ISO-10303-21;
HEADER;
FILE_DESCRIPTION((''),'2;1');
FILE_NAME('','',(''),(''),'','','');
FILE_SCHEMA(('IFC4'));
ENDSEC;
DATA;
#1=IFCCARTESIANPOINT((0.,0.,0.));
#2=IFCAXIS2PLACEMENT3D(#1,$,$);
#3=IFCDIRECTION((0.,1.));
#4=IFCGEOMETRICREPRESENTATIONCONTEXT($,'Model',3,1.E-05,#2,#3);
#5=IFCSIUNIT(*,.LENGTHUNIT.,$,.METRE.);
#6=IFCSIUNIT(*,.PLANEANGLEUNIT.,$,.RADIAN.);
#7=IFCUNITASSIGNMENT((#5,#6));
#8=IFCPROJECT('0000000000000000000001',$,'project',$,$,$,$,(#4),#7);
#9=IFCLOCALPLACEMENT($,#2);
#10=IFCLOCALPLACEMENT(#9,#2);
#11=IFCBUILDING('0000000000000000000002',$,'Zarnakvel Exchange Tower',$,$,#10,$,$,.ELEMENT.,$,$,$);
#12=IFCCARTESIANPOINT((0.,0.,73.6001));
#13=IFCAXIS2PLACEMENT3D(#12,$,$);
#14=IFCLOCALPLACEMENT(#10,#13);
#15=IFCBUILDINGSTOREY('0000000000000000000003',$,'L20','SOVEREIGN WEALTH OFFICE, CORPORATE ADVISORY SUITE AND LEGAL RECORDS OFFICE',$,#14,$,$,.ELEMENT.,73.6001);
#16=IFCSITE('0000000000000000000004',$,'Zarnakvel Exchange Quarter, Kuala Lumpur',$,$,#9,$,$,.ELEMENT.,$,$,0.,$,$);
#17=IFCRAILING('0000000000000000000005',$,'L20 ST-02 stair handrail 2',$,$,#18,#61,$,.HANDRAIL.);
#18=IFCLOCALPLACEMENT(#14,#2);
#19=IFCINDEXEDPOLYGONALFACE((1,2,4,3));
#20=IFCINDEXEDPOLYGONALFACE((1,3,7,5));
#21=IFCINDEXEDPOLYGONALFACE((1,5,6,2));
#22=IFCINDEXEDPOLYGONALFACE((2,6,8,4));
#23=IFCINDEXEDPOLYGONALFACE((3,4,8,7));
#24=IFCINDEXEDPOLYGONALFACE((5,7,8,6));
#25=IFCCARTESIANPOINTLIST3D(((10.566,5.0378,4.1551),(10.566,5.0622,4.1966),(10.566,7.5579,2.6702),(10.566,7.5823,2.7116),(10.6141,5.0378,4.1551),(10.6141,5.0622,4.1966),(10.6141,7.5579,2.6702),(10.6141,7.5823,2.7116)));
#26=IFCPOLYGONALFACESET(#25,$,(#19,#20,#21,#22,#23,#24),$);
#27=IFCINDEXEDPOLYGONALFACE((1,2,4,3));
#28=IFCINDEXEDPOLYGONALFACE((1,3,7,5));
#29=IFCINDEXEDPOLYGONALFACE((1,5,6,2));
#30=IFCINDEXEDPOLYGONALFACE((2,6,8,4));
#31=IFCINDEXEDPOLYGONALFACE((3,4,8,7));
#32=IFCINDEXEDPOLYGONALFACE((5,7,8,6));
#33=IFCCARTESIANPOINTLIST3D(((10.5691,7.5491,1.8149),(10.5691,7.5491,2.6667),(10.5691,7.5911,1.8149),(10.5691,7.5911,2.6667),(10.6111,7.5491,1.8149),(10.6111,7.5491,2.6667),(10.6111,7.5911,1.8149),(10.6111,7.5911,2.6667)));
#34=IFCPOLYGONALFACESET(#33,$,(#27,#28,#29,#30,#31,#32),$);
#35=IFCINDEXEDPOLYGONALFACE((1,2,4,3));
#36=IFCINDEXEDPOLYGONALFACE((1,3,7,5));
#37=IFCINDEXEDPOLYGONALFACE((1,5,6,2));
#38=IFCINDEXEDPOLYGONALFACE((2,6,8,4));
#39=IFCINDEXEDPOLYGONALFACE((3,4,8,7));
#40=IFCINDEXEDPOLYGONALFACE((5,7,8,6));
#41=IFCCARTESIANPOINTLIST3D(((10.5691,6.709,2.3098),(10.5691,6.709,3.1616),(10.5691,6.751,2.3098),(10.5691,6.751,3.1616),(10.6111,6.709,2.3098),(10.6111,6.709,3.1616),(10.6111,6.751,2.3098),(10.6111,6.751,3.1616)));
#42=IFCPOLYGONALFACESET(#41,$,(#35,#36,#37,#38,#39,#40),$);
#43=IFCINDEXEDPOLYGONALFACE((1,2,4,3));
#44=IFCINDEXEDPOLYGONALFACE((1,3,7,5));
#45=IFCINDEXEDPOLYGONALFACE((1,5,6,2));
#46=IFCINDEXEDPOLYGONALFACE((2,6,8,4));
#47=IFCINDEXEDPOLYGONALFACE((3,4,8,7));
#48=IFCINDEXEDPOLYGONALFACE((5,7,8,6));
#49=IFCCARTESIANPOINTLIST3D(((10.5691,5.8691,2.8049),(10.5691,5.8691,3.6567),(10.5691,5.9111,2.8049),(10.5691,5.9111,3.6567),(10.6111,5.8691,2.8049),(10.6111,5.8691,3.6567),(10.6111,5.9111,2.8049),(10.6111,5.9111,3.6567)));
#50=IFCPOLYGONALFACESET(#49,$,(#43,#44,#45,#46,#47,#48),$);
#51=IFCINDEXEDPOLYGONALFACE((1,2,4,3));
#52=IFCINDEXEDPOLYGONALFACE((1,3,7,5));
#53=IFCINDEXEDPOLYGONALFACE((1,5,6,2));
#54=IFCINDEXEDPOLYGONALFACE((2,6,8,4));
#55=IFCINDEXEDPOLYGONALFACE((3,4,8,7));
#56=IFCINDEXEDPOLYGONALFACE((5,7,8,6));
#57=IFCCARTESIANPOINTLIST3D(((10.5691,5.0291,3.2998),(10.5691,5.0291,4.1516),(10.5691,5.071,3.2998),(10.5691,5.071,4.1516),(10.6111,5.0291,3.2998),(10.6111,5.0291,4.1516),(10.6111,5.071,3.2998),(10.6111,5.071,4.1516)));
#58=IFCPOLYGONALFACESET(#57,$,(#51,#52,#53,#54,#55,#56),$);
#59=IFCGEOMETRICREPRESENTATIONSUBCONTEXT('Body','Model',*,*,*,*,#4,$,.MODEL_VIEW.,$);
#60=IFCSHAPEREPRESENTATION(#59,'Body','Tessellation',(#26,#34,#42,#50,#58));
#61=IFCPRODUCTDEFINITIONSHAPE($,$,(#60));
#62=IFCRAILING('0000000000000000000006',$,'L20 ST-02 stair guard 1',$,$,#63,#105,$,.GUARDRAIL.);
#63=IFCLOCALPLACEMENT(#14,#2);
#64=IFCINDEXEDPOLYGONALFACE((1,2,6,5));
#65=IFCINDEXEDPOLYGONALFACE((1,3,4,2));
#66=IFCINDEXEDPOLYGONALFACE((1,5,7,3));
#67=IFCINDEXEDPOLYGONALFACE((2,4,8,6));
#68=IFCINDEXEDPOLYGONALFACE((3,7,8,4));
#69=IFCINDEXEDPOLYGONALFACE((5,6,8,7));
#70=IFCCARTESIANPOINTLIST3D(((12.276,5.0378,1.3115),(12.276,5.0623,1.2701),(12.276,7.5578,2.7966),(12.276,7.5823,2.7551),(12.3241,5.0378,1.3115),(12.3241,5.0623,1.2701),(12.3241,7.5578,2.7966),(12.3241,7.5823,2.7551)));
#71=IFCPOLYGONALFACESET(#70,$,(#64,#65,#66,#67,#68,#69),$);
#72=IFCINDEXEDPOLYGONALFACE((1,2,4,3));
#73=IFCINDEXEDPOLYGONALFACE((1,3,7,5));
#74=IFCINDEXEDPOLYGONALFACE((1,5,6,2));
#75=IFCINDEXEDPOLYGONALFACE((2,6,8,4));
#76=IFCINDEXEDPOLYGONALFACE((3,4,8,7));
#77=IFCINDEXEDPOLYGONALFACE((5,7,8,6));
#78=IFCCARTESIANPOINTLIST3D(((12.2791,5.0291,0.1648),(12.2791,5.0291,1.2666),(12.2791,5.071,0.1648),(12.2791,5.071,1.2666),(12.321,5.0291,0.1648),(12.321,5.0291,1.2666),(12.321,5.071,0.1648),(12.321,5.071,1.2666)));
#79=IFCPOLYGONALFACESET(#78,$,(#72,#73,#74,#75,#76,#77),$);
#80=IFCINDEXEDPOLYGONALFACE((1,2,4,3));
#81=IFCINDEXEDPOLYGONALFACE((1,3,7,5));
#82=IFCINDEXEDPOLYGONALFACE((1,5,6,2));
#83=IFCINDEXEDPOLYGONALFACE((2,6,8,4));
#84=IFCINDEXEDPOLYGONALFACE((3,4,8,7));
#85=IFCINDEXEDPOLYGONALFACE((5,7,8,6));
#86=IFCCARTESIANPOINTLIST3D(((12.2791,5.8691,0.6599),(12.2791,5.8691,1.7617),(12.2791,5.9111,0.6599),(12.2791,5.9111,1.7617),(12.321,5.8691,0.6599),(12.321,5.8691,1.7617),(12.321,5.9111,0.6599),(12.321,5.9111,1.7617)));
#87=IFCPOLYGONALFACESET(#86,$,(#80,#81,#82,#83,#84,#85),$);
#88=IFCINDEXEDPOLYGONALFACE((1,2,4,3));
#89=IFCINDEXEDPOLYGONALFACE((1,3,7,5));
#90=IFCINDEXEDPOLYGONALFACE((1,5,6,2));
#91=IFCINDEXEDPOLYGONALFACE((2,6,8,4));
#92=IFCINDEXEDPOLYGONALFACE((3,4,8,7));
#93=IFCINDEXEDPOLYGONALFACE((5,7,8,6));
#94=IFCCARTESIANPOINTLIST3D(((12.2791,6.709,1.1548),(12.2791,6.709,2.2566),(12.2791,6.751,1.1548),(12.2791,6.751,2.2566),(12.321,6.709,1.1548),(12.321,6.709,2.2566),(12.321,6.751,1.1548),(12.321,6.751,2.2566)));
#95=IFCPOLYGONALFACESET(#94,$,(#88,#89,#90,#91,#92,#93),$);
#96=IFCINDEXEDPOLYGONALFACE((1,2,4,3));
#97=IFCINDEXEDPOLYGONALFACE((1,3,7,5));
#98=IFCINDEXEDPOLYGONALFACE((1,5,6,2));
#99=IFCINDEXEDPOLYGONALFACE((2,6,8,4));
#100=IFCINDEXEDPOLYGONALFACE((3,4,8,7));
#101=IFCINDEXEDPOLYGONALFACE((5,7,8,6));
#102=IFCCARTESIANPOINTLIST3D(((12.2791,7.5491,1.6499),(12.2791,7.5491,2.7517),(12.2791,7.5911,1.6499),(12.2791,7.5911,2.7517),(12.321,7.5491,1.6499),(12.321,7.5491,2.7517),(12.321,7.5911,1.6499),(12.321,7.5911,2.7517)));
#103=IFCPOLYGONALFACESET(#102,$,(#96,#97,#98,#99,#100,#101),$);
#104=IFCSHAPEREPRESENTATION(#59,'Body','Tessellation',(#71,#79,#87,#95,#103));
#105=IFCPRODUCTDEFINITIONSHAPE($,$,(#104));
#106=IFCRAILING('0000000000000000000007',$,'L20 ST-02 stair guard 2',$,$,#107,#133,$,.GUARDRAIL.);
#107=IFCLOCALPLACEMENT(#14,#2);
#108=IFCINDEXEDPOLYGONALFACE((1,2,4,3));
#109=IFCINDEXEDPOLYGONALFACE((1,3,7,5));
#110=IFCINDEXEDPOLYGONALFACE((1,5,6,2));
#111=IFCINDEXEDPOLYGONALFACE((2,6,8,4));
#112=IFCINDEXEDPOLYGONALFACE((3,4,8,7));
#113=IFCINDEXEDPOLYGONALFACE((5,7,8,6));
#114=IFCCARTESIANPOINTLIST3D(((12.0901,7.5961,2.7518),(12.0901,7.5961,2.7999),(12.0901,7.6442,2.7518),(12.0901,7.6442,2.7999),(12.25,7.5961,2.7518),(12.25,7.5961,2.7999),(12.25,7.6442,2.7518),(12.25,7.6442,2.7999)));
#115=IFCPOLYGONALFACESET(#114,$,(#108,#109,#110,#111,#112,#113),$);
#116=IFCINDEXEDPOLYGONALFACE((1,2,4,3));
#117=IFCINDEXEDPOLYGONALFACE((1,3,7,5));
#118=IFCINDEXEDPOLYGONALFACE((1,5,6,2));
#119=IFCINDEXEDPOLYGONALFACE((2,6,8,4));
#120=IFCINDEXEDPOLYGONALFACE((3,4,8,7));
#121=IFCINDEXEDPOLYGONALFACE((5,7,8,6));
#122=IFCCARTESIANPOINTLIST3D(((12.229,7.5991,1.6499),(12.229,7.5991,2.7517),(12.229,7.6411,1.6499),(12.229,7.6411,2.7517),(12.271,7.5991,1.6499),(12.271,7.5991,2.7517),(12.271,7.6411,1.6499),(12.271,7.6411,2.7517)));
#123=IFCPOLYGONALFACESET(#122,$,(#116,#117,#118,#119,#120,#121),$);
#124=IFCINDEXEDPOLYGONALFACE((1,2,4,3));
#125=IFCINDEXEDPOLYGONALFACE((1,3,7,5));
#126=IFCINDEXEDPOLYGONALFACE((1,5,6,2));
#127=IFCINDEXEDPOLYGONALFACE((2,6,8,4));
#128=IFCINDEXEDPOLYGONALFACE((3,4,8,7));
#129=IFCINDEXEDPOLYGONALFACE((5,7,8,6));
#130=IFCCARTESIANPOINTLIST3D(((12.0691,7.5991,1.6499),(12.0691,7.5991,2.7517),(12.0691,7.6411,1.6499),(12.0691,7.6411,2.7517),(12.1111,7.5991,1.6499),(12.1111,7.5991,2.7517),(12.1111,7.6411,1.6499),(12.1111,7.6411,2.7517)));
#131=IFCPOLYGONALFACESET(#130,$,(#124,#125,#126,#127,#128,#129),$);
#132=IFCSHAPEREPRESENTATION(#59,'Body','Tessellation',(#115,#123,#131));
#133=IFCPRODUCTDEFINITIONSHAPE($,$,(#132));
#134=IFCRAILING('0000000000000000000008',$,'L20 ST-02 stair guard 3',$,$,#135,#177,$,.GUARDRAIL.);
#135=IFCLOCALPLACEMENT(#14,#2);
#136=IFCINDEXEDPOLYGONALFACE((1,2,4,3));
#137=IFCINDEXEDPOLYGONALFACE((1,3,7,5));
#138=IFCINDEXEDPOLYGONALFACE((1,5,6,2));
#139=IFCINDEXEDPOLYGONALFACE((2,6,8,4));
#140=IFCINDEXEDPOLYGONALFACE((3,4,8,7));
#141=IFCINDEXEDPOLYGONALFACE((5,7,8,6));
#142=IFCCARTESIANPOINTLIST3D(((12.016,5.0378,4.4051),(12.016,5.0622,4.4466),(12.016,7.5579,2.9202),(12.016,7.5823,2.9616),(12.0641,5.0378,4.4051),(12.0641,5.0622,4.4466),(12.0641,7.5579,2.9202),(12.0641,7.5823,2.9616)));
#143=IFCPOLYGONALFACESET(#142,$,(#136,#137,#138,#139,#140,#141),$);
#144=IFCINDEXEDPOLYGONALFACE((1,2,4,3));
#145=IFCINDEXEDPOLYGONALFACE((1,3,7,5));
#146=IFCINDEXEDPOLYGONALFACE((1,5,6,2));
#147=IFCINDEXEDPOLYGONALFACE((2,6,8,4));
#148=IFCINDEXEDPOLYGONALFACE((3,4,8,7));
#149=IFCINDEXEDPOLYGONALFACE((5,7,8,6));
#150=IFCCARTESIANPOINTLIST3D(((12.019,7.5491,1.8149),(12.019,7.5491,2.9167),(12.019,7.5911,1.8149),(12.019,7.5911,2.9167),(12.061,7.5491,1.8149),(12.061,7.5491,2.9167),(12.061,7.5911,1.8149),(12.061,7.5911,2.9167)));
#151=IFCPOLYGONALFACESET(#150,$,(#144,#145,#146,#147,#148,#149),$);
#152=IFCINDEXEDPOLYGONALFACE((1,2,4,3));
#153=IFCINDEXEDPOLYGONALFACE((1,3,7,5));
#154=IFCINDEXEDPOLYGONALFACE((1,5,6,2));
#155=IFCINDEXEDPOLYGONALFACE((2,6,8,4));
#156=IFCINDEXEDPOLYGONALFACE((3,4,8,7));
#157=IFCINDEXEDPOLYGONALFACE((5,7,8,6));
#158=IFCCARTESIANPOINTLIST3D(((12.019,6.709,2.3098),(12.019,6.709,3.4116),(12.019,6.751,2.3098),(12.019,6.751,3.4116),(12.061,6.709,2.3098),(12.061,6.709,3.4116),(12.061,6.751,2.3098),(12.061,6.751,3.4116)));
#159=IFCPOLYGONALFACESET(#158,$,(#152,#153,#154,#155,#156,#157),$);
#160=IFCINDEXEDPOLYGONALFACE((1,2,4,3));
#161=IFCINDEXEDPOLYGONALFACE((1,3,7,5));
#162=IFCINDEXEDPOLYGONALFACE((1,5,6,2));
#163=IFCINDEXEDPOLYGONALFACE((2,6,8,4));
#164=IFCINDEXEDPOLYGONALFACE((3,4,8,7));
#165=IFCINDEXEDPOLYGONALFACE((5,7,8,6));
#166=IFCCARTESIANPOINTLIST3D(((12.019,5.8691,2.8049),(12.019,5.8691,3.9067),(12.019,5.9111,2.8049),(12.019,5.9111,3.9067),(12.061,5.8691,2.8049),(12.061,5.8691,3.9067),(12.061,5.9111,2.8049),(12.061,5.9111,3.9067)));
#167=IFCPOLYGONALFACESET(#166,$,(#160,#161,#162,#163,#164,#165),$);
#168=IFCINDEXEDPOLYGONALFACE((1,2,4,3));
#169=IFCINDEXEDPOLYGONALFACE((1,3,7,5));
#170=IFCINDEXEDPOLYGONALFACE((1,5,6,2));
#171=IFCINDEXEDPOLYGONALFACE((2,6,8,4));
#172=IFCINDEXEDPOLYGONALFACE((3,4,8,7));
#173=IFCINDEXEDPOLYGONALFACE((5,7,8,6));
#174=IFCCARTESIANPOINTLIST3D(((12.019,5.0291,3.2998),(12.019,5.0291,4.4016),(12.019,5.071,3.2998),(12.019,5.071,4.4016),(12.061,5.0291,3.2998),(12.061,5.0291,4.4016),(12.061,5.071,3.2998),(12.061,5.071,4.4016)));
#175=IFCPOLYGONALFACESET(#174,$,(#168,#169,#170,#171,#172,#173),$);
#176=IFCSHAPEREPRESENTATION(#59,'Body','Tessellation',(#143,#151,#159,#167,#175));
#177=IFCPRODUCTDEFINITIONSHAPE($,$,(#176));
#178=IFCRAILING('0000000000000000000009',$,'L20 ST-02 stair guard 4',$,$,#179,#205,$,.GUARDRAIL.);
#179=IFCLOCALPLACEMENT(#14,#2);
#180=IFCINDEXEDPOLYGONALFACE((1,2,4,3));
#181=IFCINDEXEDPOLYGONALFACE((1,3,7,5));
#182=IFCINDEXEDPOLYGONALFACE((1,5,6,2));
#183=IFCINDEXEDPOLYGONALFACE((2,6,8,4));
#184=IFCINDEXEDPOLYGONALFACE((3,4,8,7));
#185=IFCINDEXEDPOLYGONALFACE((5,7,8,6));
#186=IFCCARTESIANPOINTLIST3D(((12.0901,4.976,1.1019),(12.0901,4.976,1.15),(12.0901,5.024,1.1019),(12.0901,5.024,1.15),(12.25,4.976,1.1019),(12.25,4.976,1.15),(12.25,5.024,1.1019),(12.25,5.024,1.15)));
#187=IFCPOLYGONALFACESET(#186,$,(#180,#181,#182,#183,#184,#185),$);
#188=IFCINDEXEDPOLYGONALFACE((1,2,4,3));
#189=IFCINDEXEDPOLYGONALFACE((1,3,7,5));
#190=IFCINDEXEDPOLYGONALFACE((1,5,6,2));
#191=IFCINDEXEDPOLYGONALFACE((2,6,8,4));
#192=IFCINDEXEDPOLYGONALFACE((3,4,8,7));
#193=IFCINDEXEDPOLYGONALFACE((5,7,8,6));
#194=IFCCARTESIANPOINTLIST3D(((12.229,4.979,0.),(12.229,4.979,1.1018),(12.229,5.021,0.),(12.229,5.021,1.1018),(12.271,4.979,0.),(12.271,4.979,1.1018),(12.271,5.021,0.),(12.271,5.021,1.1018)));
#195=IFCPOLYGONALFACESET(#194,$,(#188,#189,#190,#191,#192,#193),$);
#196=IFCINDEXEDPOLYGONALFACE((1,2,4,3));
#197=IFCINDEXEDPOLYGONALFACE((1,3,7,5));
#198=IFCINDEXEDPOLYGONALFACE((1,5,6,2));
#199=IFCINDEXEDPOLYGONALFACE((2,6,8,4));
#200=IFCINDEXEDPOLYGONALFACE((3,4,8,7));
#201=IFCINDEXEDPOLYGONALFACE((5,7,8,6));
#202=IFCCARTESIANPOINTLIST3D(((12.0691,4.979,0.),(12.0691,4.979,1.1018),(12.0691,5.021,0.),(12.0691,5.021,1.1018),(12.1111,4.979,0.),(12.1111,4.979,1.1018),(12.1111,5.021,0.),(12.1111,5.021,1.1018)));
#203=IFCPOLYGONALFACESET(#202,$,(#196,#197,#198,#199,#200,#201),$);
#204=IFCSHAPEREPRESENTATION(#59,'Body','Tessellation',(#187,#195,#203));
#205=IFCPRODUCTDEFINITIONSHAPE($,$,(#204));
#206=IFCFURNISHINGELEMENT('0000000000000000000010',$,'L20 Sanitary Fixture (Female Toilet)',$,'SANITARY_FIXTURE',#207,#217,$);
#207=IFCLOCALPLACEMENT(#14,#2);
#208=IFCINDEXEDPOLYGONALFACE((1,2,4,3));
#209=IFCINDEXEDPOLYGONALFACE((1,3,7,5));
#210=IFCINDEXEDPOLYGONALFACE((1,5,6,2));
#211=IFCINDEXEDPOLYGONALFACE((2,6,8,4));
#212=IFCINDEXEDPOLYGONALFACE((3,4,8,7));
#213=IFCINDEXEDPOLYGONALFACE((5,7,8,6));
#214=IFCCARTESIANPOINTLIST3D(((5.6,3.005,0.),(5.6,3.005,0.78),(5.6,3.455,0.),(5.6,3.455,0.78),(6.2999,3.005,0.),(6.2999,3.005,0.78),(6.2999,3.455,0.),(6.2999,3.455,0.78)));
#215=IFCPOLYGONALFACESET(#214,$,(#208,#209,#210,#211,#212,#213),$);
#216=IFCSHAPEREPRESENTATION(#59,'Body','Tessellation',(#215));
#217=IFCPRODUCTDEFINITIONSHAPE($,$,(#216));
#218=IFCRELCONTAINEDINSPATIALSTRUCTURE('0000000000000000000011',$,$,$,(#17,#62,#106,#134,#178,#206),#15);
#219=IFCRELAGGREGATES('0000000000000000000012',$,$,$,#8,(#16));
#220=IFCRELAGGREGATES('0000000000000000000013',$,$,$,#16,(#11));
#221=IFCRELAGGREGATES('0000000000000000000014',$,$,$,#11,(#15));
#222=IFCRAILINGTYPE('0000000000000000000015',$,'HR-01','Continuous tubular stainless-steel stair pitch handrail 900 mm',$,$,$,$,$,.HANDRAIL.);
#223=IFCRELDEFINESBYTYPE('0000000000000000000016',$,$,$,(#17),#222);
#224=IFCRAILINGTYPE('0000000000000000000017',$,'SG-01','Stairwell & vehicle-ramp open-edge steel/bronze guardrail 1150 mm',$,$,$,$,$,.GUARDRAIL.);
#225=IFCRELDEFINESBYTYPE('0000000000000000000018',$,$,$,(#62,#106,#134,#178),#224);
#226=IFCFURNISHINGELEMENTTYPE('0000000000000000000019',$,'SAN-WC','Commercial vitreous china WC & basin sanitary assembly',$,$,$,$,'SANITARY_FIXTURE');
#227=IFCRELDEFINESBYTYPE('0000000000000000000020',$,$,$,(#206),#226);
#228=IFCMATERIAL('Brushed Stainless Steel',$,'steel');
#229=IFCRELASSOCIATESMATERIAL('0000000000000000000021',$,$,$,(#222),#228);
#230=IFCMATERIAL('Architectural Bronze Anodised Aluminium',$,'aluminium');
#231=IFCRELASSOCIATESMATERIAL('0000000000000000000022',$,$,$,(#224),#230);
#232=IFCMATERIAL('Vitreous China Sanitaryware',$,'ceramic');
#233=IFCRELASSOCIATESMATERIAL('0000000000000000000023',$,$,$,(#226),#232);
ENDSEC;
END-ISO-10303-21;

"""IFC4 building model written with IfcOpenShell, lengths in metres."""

from ifc_helpers import new_model, si_unit, direction, frame, origin, origin_2d, place, context, subcontext, project, spatial, rectangle, extrude, source, transform, mapped, material, type_object, element, save


model = new_model("IFC4")

# Units and contexts
model_context = context("Model", 3, precision=1e-05, world=origin(), true_north=direction((0.0, 1.0)))
body_context = subcontext(model_context, "Body", "Model", "MODEL_VIEW")
ifc_project = project(units=[si_unit("LENGTHUNIT", "METRE"), si_unit("PLANEANGLEUNIT", "RADIAN")], contexts=[model_context])

# Site, building, storey
site_placement = place(None, origin())
site = spatial("IfcSite", under=ifc_project, at=site_placement, Name="Zarnakvel Exchange Quarter, Kuala Lumpur", CompositionType="ELEMENT", RefElevation=0.0)
building_placement = place(site_placement, origin())
building = spatial("IfcBuilding", under=site, at=building_placement, Name="Zarnakvel Exchange Tower", CompositionType="ELEMENT")
storey_placement = place(building_placement, frame((0.0, 0.0, 73.6001)))
storey = spatial("IfcBuildingStorey", under=building, at=storey_placement, Name="L20", Description="SOVEREIGN WEALTH OFFICE, CORPORATE ADVISORY SUITE AND LEGAL RECORDS OFFICE", CompositionType="ELEMENT", Elevation=73.6001)

# Shared definitions
ifc_material_1 = material(Name="Brushed Stainless Steel", Category="steel")

# Railings
railing_type_1 = type_object("IfcRailingType", Name="HR-01", Description="Continuous tubular stainless-steel stair pitch handrail 900 mm", PredefinedType="HANDRAIL", material=ifc_material_1)
railing_1_placement = place(storey_placement, frame((10.5901, 7.5701, 1.8149)))
element("IfcRailing", 1, at=railing_1_placement, inside=storey, type_object=railing_type_1, Name="L20 ST-02 stair handrail 2", PredefinedType="HANDRAIL", context=body_context, shape_type="SweptSolid", body=[
    extrude(rectangle(XDim=0.0481, YDim=0.0481, at=origin_2d()), frame((0.0, 0.0, 0.876), z_axis=(0.0, -0.861561, 0.507655), x_axis=(1.0, 0.0, 0.0)), (0.0, 0.0, 1.0), 2.925),
    extrude(rectangle(XDim=0.042, YDim=0.042, at=origin_2d()), origin(), (0.0, 0.0, 1.0), 0.8518),
    extrude(rectangle(XDim=0.042, YDim=0.042, at=origin_2d()), frame((0.0, -0.8401, 0.4949)), (0.0, 0.0, 1.0), 0.8518),
    extrude(rectangle(XDim=0.042, YDim=0.042, at=origin_2d()), frame((0.0, -1.6799, 0.99)), (0.0, 0.0, 1.0), 0.8518),
    extrude(rectangle(XDim=0.042, YDim=0.042, at=origin_2d()), frame((0.0, -2.52, 1.4849)), (0.0, 0.0, 1.0), 0.8518),
])
ifc_material_2 = material(Name="Architectural Bronze Anodised Aluminium", Category="aluminium")
railing_type_2 = type_object("IfcRailingType", Name="SG-01", Description="Stairwell & vehicle-ramp open-edge steel/bronze guardrail 1150 mm", PredefinedType="GUARDRAIL", material=ifc_material_2)
railing_2_placement = place(storey_placement, frame((12.3, 5.05, 0.1648)))
element("IfcRailing", 2, at=railing_2_placement, inside=storey, type_object=railing_type_2, Name="L20 ST-02 stair guard 1", PredefinedType="GUARDRAIL", context=body_context, shape_type="SweptSolid", body=[
    extrude(rectangle(XDim=0.0481, YDim=0.0481, at=origin_2d()), frame((0.0, 0.0, 1.126), z_axis=(0.0, 0.861524, 0.507717), x_axis=(-1.0, 0.0, 0.0)), (0.0, 0.0, 1.0), 2.925),
    extrude(rectangle(XDim=0.042, YDim=0.042, at=origin_2d()), origin(), (0.0, 0.0, 1.0), 1.1018),
    extrude(rectangle(XDim=0.042, YDim=0.042, at=origin_2d()), frame((0.0, 0.8401, 0.4951)), (0.0, 0.0, 1.0), 1.1018),
    extrude(rectangle(XDim=0.042, YDim=0.042, at=origin_2d()), frame((0.0, 1.6799, 0.99)), (0.0, 0.0, 1.0), 1.1018),
    extrude(rectangle(XDim=0.042, YDim=0.042, at=origin_2d()), frame((0.0, 2.52, 1.4851)), (0.0, 0.0, 1.0), 1.1018),
])
railing_3_placement = place(storey_placement, frame((12.25, 7.6201, 1.6499)))
element("IfcRailing", 3, at=railing_3_placement, inside=storey, type_object=railing_type_2, Name="L20 ST-02 stair guard 2", PredefinedType="GUARDRAIL", context=body_context, shape_type="SweptSolid", body=[
    extrude(rectangle(XDim=0.0481, YDim=0.0481, at=origin_2d()), frame((0.0, 0.0, 1.126), z_axis=(-1.0, 0.0, 0.0), x_axis=(0.0, -1.0, 0.0)), (0.0, 0.0, 1.0), 0.1599),
    extrude(rectangle(XDim=0.042, YDim=0.042, at=origin_2d()), origin(), (0.0, 0.0, 1.0), 1.1018),
    extrude(rectangle(XDim=0.042, YDim=0.042, at=origin_2d()), frame((-0.1599, 0.0, 0.0)), (0.0, 0.0, 1.0), 1.1018),
])
railing_4_placement = place(storey_placement, frame((12.04, 7.5701, 1.8149)))
element("IfcRailing", 4, at=railing_4_placement, inside=storey, type_object=railing_type_2, Name="L20 ST-02 stair guard 3", PredefinedType="GUARDRAIL", context=body_context, shape_type="SweptSolid", body=[
    extrude(rectangle(XDim=0.0481, YDim=0.0481, at=origin_2d()), frame((0.0, 0.0, 1.126), z_axis=(0.0, -0.861561, 0.507655), x_axis=(1.0, 0.0, 0.0)), (0.0, 0.0, 1.0), 2.925),
    extrude(rectangle(XDim=0.042, YDim=0.042, at=origin_2d()), origin(), (0.0, 0.0, 1.0), 1.1018),
    extrude(rectangle(XDim=0.042, YDim=0.042, at=origin_2d()), frame((0.0, -0.8401, 0.4949)), (0.0, 0.0, 1.0), 1.1018),
    extrude(rectangle(XDim=0.042, YDim=0.042, at=origin_2d()), frame((0.0, -1.6799, 0.99)), (0.0, 0.0, 1.0), 1.1018),
    extrude(rectangle(XDim=0.042, YDim=0.042, at=origin_2d()), frame((0.0, -2.52, 1.4849)), (0.0, 0.0, 1.0), 1.1018),
])
railing_5_placement = place(storey_placement, frame((12.25, 5.0, 0.0)))
element("IfcRailing", 5, at=railing_5_placement, inside=storey, type_object=railing_type_2, Name="L20 ST-02 stair guard 4", PredefinedType="GUARDRAIL", context=body_context, shape_type="SweptSolid", body=[
    extrude(rectangle(XDim=0.0481, YDim=0.0481, at=origin_2d()), frame((0.0, 0.0, 1.126), z_axis=(-1.0, 0.0, 0.0), x_axis=(0.0, -1.0, 0.0)), (0.0, 0.0, 1.0), 0.1599),
    extrude(rectangle(XDim=0.042, YDim=0.042, at=origin_2d()), origin(), (0.0, 0.0, 1.0), 1.1018),
    extrude(rectangle(XDim=0.042, YDim=0.042, at=origin_2d()), frame((-0.1599, 0.0, 0.0)), (0.0, 0.0, 1.0), 1.1018),
])

# Furnishing element
ifc_material_3 = material(Name="Vitreous China Sanitaryware", Category="ceramic")
furnishing_element_type = type_object("IfcFurnishingElementType", Name="SAN-WC", Description="Commercial vitreous china WC & basin sanitary assembly", ElementType="SANITARY_FIXTURE", material=ifc_material_3)
shared_shape_1 = source(origin(), body_context, "Body", "SweptSolid", [
    extrude(rectangle(XDim=0.7, YDim=0.45, at=origin_2d()), origin(), (0.0, 0.0, 1.0), 0.78),
])
furnishing_placement = place(storey_placement, frame((5.95, 3.23, 0.0), z_axis=(0.0, 0.0, 1.0), x_axis=(1.0, 0.0, 0.0)))
element("IfcFurnishingElement", 6, at=furnishing_placement, inside=storey, type_object=furnishing_element_type, Name="L20 Sanitary Fixture (Female Toilet)", ObjectType="SANITARY_FIXTURE", context=body_context, shape_type="MappedRepresentation", body=[
    mapped(shared_shape_1, transform((0.0, 0.0, 0.0), x_axis=(1.0, 0.0, 0.0), y_axis=(0.0, 1.0, 0.0), z_axis=(0.0, 0.0, 1.0), scale=1.0)),
])

save(model, "model.ifc")
